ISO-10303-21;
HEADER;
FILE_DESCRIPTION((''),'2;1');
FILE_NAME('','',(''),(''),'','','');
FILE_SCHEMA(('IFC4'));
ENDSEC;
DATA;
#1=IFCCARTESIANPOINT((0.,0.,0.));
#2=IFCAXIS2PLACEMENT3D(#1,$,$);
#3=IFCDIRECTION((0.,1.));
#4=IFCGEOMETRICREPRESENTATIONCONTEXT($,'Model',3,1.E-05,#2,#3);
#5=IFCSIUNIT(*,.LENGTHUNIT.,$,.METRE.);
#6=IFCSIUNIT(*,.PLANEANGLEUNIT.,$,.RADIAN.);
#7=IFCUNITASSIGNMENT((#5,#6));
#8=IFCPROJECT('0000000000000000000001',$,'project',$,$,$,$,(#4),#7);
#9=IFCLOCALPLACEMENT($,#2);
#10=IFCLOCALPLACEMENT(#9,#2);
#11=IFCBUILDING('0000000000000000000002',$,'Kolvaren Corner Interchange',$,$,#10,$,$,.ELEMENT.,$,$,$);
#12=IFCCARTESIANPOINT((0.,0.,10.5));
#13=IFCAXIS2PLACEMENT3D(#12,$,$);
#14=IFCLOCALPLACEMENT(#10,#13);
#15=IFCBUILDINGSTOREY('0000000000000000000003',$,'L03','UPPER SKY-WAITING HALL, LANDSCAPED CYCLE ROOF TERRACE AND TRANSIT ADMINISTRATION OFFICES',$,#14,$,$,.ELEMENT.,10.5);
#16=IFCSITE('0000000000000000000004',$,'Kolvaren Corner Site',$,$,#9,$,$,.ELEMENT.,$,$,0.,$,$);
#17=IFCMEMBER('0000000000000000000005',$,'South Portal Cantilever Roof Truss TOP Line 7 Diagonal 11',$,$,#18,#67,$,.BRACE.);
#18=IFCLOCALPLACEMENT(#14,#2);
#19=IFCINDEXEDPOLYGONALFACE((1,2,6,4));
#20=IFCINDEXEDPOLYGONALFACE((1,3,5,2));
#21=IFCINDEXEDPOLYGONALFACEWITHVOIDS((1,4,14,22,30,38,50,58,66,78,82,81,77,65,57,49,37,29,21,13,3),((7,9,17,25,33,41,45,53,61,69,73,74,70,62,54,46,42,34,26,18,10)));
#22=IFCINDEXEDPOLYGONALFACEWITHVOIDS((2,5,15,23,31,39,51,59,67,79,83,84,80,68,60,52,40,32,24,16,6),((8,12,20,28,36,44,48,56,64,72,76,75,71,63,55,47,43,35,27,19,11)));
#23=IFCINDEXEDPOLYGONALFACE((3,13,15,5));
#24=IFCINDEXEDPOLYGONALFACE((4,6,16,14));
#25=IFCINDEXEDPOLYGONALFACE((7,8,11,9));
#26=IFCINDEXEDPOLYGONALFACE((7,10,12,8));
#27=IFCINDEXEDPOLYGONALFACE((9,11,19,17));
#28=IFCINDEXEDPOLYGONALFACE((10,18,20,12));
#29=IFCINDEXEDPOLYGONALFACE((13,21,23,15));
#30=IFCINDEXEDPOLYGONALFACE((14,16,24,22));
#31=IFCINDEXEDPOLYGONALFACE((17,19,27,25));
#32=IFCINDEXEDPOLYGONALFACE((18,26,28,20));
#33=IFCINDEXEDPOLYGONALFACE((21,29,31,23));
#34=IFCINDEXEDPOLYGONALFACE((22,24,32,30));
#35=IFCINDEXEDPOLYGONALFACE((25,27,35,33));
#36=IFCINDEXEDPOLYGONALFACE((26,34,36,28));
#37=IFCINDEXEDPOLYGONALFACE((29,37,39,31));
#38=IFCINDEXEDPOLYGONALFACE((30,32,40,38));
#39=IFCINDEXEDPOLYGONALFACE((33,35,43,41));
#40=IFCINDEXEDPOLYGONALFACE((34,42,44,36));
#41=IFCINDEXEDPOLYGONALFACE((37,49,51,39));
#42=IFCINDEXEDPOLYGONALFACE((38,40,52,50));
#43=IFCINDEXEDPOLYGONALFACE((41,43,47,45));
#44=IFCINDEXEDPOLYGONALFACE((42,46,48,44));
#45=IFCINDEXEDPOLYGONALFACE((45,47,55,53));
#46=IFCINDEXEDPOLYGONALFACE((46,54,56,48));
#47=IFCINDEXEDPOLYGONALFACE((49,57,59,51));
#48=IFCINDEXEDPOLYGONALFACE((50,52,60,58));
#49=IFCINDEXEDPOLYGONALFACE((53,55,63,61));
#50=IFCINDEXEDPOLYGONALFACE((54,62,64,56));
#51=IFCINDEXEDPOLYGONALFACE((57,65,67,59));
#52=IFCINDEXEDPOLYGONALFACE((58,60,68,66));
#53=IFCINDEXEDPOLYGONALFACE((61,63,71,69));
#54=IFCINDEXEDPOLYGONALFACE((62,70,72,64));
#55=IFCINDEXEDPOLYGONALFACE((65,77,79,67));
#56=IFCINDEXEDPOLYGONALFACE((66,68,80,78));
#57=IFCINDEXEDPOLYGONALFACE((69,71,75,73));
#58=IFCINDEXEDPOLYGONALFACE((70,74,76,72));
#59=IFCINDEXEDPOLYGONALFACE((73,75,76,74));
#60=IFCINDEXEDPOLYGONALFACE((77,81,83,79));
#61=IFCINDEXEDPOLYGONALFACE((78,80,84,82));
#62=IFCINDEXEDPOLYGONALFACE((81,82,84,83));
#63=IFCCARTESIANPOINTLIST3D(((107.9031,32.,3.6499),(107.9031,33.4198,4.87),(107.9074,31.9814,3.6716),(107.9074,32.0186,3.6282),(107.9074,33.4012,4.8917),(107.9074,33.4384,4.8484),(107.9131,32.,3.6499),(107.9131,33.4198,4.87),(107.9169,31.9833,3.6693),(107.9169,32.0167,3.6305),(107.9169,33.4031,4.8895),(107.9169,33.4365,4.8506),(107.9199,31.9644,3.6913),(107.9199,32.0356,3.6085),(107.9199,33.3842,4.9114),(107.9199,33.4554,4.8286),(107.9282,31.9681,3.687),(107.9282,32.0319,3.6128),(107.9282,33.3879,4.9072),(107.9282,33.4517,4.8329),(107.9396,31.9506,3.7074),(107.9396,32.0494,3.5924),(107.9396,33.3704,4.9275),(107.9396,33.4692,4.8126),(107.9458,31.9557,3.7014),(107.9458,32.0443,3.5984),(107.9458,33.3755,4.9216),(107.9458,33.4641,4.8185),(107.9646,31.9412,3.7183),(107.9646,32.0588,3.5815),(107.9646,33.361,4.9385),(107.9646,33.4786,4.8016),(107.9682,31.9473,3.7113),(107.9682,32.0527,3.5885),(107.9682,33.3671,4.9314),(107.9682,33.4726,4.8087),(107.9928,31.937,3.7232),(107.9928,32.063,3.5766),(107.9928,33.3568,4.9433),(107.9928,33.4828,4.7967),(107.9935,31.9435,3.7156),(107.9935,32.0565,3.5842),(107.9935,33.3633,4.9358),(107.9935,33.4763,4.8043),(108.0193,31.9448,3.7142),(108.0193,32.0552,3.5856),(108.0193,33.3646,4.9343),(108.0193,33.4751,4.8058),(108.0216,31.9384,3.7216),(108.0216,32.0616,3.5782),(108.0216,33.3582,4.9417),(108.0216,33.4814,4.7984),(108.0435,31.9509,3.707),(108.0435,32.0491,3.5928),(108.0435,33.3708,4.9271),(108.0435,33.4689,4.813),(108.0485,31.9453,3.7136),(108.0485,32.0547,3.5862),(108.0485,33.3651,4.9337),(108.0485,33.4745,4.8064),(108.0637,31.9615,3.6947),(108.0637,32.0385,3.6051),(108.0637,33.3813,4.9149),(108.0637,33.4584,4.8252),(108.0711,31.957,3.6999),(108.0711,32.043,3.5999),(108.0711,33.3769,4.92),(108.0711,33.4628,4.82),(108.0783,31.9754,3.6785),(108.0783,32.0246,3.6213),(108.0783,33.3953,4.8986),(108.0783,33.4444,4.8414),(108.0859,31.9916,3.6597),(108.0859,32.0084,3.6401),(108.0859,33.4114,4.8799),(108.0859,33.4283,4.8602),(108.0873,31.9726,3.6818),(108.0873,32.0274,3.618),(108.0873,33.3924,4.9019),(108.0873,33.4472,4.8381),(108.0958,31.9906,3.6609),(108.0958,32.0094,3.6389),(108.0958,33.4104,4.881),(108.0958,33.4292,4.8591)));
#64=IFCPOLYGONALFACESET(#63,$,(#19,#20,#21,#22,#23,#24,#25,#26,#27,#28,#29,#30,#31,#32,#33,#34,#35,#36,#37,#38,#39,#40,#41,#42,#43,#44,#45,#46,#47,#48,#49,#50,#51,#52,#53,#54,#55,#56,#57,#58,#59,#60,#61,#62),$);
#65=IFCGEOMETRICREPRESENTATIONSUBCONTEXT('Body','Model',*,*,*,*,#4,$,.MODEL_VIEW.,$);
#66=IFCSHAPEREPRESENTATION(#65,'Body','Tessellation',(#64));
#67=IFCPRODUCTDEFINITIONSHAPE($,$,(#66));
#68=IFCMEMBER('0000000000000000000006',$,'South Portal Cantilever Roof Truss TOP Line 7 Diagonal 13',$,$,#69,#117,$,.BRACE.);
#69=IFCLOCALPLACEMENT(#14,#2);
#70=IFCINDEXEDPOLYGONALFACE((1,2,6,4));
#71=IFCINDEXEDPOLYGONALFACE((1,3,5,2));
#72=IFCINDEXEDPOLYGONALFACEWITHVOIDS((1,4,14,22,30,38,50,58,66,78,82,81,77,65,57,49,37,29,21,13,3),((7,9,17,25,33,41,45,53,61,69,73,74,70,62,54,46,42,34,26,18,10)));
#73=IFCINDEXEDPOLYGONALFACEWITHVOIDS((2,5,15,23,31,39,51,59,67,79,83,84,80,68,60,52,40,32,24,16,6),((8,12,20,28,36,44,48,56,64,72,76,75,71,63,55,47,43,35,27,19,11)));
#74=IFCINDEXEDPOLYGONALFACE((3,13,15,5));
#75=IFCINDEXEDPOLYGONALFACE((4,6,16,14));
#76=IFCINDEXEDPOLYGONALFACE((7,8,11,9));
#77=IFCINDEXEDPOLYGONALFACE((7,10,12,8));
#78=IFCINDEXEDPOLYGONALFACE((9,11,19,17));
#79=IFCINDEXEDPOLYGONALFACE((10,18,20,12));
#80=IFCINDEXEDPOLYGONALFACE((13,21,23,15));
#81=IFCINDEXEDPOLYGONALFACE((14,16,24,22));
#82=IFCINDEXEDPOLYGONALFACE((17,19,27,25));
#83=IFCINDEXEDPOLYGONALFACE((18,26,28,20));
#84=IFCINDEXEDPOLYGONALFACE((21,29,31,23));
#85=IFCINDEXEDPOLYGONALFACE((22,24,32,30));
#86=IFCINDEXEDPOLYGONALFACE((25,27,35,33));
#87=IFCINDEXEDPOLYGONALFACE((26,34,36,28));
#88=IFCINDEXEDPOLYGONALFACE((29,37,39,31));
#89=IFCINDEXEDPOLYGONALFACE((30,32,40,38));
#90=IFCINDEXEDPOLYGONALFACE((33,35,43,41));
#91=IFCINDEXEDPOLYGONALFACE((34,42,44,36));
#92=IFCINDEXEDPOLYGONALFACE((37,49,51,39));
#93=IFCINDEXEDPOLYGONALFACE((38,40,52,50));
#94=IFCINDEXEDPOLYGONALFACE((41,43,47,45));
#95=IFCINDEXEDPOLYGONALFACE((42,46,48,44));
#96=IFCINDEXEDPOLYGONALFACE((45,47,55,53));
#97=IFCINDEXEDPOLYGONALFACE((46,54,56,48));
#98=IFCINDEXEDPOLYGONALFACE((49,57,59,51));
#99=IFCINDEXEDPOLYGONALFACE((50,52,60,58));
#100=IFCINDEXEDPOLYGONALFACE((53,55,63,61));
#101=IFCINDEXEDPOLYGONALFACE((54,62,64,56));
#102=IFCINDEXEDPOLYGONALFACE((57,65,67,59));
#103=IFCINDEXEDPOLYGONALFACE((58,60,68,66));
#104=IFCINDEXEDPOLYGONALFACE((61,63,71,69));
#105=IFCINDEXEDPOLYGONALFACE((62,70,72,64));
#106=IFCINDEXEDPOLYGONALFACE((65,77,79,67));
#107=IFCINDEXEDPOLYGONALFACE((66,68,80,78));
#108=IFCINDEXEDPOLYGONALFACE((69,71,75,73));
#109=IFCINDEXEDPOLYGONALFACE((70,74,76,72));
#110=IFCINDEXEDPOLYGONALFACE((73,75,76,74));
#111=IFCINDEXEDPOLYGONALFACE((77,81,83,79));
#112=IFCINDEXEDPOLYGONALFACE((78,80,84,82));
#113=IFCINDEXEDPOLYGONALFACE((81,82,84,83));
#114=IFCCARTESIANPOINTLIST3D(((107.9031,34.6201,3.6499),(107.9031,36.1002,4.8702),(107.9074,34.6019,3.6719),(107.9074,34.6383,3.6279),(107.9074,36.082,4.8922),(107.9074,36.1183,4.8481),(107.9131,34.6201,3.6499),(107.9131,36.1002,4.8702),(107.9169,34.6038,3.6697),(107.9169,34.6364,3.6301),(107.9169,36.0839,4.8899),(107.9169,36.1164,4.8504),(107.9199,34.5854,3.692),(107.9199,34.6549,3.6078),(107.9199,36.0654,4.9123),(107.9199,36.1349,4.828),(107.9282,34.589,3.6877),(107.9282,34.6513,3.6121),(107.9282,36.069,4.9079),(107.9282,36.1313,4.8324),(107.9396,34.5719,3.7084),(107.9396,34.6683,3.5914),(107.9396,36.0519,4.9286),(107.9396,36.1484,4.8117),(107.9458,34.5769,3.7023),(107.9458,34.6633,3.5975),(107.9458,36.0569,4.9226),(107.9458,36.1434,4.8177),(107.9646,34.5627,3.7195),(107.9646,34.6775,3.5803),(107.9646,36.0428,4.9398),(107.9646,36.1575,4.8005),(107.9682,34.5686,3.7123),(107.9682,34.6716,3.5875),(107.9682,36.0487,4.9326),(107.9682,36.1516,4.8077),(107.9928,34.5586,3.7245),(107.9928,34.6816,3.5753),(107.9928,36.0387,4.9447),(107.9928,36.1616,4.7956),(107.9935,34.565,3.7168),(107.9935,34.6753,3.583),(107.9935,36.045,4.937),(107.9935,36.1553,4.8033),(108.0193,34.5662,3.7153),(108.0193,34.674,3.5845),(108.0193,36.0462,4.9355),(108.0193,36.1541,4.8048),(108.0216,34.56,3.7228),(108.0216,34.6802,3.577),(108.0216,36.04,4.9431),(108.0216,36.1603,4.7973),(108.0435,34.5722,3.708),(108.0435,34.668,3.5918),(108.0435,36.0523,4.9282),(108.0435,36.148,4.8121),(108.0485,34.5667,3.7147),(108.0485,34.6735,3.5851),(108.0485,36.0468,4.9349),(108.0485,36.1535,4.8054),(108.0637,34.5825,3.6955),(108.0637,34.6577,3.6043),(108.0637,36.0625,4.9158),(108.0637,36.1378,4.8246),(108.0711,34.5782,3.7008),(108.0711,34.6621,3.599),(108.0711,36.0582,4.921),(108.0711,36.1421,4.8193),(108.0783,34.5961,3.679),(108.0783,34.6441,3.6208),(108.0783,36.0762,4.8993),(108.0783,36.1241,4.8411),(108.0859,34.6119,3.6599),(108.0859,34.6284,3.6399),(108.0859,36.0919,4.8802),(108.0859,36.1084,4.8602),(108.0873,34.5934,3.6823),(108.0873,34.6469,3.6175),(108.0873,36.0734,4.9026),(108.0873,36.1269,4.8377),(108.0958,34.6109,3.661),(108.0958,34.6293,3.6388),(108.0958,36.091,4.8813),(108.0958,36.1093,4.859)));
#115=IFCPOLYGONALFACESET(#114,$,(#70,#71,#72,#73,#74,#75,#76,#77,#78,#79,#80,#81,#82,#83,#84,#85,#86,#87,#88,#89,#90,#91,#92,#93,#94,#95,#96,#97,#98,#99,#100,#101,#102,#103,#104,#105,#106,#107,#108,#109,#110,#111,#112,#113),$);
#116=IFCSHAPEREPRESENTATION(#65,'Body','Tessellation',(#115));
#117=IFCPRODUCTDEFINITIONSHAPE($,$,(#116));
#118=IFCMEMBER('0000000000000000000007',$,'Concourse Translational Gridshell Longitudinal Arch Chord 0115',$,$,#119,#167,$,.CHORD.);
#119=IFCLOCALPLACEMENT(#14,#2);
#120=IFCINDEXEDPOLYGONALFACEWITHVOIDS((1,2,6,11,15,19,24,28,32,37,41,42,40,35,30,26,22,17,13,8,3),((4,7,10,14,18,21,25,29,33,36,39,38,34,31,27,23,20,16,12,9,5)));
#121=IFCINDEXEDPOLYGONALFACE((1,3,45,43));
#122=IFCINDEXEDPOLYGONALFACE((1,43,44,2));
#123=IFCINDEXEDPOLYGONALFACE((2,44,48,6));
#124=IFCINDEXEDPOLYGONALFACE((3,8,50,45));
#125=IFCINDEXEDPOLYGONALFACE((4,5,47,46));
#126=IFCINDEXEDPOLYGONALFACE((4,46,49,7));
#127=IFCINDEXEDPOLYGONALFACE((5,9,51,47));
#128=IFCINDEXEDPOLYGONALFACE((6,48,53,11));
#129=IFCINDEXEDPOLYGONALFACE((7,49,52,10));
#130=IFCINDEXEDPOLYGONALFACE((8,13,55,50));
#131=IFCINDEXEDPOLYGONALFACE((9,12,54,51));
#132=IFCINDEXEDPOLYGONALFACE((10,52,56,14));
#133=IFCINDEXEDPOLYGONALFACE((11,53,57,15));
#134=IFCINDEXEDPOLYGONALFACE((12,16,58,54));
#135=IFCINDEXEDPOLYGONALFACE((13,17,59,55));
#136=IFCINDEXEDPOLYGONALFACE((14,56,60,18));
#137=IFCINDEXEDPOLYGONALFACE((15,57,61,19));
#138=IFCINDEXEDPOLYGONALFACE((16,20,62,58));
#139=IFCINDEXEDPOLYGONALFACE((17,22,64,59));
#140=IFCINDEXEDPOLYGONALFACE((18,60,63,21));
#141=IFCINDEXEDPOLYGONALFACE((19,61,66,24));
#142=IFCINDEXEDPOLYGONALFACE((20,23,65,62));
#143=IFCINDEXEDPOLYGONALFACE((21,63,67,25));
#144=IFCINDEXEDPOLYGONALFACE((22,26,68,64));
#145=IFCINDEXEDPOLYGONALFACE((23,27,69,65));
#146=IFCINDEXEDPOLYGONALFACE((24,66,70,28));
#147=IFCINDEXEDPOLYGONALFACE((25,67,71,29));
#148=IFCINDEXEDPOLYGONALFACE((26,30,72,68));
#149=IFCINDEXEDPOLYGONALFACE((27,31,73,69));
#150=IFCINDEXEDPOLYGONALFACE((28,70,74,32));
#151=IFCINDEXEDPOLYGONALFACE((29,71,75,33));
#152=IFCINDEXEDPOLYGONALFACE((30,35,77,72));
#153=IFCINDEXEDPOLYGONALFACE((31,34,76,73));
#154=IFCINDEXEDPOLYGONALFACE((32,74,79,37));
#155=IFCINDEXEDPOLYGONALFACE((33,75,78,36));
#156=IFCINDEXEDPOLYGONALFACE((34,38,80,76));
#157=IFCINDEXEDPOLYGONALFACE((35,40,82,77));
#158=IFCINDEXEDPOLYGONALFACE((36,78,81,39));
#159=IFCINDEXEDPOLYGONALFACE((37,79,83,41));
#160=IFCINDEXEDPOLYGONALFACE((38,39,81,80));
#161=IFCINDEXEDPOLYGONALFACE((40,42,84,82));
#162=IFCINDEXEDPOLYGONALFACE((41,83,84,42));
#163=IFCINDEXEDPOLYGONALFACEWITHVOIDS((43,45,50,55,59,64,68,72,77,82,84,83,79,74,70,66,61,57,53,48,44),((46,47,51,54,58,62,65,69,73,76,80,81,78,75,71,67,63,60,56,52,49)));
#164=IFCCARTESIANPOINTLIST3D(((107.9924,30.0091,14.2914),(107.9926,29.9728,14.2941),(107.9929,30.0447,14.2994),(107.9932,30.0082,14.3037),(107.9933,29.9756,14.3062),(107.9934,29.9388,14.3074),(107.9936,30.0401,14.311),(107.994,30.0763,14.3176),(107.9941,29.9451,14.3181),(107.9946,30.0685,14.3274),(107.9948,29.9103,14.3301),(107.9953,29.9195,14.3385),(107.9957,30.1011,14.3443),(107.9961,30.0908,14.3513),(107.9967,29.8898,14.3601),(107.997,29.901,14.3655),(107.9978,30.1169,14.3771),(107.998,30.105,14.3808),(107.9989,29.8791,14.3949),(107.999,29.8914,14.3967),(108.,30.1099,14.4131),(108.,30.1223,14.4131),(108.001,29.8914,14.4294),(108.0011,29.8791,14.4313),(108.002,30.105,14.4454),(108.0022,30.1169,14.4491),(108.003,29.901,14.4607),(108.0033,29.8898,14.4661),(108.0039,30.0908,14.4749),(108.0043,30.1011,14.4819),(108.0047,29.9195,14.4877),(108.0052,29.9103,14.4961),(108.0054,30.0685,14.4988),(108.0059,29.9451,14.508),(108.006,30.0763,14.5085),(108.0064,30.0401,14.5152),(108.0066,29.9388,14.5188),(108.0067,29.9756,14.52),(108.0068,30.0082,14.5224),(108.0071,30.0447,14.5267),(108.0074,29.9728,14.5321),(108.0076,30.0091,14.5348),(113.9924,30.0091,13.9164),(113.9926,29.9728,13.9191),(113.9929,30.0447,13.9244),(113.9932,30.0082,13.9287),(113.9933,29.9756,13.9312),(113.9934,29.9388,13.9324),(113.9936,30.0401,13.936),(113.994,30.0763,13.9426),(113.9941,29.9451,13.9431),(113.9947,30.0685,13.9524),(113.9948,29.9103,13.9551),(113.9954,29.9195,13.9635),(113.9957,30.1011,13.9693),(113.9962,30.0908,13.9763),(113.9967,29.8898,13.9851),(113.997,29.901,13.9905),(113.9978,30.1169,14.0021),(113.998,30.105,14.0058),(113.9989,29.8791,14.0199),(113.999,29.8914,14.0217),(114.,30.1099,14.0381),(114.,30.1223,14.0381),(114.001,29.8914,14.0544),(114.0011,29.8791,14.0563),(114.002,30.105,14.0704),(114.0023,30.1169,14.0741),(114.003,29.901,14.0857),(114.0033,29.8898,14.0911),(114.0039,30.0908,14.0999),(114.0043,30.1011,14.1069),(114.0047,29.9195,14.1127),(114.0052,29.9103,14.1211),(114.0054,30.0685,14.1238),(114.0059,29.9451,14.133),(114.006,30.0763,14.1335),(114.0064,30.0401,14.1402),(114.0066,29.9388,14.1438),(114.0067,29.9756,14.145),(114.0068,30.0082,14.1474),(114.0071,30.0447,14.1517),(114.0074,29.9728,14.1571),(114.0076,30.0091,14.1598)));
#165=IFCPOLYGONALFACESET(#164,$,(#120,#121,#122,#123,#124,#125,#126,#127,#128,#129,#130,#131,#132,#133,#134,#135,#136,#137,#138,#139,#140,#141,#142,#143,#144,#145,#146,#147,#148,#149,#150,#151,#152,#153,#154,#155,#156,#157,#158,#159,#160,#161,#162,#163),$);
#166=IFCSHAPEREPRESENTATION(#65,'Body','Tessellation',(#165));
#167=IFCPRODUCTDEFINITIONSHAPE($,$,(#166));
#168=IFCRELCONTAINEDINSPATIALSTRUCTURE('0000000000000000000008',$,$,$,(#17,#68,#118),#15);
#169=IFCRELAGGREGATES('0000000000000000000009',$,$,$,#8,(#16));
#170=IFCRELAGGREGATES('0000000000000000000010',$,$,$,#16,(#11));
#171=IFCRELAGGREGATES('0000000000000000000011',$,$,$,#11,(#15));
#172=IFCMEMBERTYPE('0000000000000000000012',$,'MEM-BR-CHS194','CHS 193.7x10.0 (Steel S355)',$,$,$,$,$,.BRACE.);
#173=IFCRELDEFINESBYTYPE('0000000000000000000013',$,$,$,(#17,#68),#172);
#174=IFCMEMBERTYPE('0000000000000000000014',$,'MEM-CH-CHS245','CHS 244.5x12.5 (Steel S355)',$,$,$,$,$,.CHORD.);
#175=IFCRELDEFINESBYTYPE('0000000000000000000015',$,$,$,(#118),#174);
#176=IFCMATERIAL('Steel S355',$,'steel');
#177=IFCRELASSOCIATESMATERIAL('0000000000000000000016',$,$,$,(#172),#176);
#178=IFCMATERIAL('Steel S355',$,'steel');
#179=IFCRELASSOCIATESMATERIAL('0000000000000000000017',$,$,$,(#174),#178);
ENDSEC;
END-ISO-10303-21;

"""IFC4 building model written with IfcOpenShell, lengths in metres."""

from ifc_helpers import new_model, si_unit, direction, frame, origin, origin_2d, place, context, subcontext, project, spatial, hollow_circle, extrude, material, material_profile, profile_set, type_object, element, save


model = new_model("IFC4")

# Units and contexts
model_context = context("Model", 3, precision=1e-05, world=origin(), true_north=direction((0.0, 1.0)))
body_context = subcontext(model_context, "Body", "Model", "MODEL_VIEW")
ifc_project = project(units=[si_unit("LENGTHUNIT", "METRE"), si_unit("PLANEANGLEUNIT", "RADIAN")], contexts=[model_context])

# Site, building, storey
site_placement = place(None, origin())
site = spatial("IfcSite", under=ifc_project, at=site_placement, Name="Kolvaren Corner Site", CompositionType="ELEMENT", RefElevation=0.0)
building_placement = place(site_placement, origin())
building = spatial("IfcBuilding", under=site, at=building_placement, Name="Kolvaren Corner Interchange", CompositionType="ELEMENT")
storey_placement = place(building_placement, frame((0.0, 0.0, 10.5)))
storey = spatial("IfcBuildingStorey", under=building, at=storey_placement, Name="L03", Description="UPPER SKY-WAITING HALL, LANDSCAPED CYCLE ROOF TERRACE AND TRANSIT ADMINISTRATION OFFICES", CompositionType="ELEMENT", Elevation=10.5)

# Members
ifc_material_1 = material(Name="Steel S355", Category="steel")
ifc_material_profile_1 = material_profile(ifc_material_1, hollow_circle(Radius=0.0969, WallThickness=0.01, at=origin_2d()), Name="CHS 193.7x10.0")
ifc_profile_set_1 = profile_set([ifc_material_profile_1], Name="Steel S355")
member_type_1 = type_object("IfcMemberType", Name="MEM-BR-CHS194", Description="CHS 193.7x10.0 (Steel S355)", PredefinedType="BRACE", material=ifc_profile_set_1)
for number, where, z_axis, x_axis, name in (
    (1, (108.0, 32.0, 3.6499), (0.0, 0.758428, 0.651757), (-1.0, 0.0, 0.0), "South Portal Cantilever Roof Truss TOP Line 7 Diagonal 11"),
):
    element("IfcMember", number, at=place(storey_placement, frame(where, z_axis=z_axis, x_axis=x_axis)), inside=storey, type_object=member_type_1, Name=name, PredefinedType="BRACE", context=body_context, shape_type="SweptSolid", body=[
        extrude(hollow_circle(Radius=0.0969, WallThickness=0.01, at=origin_2d()), origin(), (0.0, 0.0, 1.0), 1.8721),
    ])
member_1_placement = place(storey_placement, frame((108.0, 34.6201, 3.6499), z_axis=(0.0, 0.77157, 0.636144), x_axis=(-1.0, 0.0, 0.0)))
element("IfcMember", 2, at=member_1_placement, inside=storey, type_object=member_type_1, Name="South Portal Cantilever Roof Truss TOP Line 7 Diagonal 13", PredefinedType="BRACE", context=body_context, shape_type="SweptSolid", body=[
    extrude(hollow_circle(Radius=0.0969, WallThickness=0.01, at=origin_2d()), origin(), (0.0, 0.0, 1.0), 1.9182),
])
ifc_material_2 = material(Name="Steel S355", Category="steel")
ifc_material_profile_2 = material_profile(ifc_material_2, hollow_circle(Radius=0.1223, WallThickness=0.0125, at=origin_2d()), Name="CHS 244.5x12.5")
ifc_profile_set_2 = profile_set([ifc_material_profile_2], Name="Steel S355")
member_type_2 = type_object("IfcMemberType", Name="MEM-CH-CHS245", Description="CHS 244.5x12.5 (Steel S355)", PredefinedType="CHORD", material=ifc_profile_set_2)
member_2_placement = place(storey_placement, frame((108.0, 30.0, 14.4131), z_axis=(0.998053, 0.0, -0.062378), x_axis=(0.0, 1.0, 0.0)))
element("IfcMember", 3, at=member_2_placement, inside=storey, type_object=member_type_2, Name="Concourse Translational Gridshell Longitudinal Arch Chord 0115", PredefinedType="CHORD", context=body_context, shape_type="SweptSolid", body=[
    extrude(hollow_circle(Radius=0.1223, WallThickness=0.0125, at=origin_2d()), origin(), (0.0, 0.0, 1.0), 6.0117),
])

save(model, "model.ifc")
